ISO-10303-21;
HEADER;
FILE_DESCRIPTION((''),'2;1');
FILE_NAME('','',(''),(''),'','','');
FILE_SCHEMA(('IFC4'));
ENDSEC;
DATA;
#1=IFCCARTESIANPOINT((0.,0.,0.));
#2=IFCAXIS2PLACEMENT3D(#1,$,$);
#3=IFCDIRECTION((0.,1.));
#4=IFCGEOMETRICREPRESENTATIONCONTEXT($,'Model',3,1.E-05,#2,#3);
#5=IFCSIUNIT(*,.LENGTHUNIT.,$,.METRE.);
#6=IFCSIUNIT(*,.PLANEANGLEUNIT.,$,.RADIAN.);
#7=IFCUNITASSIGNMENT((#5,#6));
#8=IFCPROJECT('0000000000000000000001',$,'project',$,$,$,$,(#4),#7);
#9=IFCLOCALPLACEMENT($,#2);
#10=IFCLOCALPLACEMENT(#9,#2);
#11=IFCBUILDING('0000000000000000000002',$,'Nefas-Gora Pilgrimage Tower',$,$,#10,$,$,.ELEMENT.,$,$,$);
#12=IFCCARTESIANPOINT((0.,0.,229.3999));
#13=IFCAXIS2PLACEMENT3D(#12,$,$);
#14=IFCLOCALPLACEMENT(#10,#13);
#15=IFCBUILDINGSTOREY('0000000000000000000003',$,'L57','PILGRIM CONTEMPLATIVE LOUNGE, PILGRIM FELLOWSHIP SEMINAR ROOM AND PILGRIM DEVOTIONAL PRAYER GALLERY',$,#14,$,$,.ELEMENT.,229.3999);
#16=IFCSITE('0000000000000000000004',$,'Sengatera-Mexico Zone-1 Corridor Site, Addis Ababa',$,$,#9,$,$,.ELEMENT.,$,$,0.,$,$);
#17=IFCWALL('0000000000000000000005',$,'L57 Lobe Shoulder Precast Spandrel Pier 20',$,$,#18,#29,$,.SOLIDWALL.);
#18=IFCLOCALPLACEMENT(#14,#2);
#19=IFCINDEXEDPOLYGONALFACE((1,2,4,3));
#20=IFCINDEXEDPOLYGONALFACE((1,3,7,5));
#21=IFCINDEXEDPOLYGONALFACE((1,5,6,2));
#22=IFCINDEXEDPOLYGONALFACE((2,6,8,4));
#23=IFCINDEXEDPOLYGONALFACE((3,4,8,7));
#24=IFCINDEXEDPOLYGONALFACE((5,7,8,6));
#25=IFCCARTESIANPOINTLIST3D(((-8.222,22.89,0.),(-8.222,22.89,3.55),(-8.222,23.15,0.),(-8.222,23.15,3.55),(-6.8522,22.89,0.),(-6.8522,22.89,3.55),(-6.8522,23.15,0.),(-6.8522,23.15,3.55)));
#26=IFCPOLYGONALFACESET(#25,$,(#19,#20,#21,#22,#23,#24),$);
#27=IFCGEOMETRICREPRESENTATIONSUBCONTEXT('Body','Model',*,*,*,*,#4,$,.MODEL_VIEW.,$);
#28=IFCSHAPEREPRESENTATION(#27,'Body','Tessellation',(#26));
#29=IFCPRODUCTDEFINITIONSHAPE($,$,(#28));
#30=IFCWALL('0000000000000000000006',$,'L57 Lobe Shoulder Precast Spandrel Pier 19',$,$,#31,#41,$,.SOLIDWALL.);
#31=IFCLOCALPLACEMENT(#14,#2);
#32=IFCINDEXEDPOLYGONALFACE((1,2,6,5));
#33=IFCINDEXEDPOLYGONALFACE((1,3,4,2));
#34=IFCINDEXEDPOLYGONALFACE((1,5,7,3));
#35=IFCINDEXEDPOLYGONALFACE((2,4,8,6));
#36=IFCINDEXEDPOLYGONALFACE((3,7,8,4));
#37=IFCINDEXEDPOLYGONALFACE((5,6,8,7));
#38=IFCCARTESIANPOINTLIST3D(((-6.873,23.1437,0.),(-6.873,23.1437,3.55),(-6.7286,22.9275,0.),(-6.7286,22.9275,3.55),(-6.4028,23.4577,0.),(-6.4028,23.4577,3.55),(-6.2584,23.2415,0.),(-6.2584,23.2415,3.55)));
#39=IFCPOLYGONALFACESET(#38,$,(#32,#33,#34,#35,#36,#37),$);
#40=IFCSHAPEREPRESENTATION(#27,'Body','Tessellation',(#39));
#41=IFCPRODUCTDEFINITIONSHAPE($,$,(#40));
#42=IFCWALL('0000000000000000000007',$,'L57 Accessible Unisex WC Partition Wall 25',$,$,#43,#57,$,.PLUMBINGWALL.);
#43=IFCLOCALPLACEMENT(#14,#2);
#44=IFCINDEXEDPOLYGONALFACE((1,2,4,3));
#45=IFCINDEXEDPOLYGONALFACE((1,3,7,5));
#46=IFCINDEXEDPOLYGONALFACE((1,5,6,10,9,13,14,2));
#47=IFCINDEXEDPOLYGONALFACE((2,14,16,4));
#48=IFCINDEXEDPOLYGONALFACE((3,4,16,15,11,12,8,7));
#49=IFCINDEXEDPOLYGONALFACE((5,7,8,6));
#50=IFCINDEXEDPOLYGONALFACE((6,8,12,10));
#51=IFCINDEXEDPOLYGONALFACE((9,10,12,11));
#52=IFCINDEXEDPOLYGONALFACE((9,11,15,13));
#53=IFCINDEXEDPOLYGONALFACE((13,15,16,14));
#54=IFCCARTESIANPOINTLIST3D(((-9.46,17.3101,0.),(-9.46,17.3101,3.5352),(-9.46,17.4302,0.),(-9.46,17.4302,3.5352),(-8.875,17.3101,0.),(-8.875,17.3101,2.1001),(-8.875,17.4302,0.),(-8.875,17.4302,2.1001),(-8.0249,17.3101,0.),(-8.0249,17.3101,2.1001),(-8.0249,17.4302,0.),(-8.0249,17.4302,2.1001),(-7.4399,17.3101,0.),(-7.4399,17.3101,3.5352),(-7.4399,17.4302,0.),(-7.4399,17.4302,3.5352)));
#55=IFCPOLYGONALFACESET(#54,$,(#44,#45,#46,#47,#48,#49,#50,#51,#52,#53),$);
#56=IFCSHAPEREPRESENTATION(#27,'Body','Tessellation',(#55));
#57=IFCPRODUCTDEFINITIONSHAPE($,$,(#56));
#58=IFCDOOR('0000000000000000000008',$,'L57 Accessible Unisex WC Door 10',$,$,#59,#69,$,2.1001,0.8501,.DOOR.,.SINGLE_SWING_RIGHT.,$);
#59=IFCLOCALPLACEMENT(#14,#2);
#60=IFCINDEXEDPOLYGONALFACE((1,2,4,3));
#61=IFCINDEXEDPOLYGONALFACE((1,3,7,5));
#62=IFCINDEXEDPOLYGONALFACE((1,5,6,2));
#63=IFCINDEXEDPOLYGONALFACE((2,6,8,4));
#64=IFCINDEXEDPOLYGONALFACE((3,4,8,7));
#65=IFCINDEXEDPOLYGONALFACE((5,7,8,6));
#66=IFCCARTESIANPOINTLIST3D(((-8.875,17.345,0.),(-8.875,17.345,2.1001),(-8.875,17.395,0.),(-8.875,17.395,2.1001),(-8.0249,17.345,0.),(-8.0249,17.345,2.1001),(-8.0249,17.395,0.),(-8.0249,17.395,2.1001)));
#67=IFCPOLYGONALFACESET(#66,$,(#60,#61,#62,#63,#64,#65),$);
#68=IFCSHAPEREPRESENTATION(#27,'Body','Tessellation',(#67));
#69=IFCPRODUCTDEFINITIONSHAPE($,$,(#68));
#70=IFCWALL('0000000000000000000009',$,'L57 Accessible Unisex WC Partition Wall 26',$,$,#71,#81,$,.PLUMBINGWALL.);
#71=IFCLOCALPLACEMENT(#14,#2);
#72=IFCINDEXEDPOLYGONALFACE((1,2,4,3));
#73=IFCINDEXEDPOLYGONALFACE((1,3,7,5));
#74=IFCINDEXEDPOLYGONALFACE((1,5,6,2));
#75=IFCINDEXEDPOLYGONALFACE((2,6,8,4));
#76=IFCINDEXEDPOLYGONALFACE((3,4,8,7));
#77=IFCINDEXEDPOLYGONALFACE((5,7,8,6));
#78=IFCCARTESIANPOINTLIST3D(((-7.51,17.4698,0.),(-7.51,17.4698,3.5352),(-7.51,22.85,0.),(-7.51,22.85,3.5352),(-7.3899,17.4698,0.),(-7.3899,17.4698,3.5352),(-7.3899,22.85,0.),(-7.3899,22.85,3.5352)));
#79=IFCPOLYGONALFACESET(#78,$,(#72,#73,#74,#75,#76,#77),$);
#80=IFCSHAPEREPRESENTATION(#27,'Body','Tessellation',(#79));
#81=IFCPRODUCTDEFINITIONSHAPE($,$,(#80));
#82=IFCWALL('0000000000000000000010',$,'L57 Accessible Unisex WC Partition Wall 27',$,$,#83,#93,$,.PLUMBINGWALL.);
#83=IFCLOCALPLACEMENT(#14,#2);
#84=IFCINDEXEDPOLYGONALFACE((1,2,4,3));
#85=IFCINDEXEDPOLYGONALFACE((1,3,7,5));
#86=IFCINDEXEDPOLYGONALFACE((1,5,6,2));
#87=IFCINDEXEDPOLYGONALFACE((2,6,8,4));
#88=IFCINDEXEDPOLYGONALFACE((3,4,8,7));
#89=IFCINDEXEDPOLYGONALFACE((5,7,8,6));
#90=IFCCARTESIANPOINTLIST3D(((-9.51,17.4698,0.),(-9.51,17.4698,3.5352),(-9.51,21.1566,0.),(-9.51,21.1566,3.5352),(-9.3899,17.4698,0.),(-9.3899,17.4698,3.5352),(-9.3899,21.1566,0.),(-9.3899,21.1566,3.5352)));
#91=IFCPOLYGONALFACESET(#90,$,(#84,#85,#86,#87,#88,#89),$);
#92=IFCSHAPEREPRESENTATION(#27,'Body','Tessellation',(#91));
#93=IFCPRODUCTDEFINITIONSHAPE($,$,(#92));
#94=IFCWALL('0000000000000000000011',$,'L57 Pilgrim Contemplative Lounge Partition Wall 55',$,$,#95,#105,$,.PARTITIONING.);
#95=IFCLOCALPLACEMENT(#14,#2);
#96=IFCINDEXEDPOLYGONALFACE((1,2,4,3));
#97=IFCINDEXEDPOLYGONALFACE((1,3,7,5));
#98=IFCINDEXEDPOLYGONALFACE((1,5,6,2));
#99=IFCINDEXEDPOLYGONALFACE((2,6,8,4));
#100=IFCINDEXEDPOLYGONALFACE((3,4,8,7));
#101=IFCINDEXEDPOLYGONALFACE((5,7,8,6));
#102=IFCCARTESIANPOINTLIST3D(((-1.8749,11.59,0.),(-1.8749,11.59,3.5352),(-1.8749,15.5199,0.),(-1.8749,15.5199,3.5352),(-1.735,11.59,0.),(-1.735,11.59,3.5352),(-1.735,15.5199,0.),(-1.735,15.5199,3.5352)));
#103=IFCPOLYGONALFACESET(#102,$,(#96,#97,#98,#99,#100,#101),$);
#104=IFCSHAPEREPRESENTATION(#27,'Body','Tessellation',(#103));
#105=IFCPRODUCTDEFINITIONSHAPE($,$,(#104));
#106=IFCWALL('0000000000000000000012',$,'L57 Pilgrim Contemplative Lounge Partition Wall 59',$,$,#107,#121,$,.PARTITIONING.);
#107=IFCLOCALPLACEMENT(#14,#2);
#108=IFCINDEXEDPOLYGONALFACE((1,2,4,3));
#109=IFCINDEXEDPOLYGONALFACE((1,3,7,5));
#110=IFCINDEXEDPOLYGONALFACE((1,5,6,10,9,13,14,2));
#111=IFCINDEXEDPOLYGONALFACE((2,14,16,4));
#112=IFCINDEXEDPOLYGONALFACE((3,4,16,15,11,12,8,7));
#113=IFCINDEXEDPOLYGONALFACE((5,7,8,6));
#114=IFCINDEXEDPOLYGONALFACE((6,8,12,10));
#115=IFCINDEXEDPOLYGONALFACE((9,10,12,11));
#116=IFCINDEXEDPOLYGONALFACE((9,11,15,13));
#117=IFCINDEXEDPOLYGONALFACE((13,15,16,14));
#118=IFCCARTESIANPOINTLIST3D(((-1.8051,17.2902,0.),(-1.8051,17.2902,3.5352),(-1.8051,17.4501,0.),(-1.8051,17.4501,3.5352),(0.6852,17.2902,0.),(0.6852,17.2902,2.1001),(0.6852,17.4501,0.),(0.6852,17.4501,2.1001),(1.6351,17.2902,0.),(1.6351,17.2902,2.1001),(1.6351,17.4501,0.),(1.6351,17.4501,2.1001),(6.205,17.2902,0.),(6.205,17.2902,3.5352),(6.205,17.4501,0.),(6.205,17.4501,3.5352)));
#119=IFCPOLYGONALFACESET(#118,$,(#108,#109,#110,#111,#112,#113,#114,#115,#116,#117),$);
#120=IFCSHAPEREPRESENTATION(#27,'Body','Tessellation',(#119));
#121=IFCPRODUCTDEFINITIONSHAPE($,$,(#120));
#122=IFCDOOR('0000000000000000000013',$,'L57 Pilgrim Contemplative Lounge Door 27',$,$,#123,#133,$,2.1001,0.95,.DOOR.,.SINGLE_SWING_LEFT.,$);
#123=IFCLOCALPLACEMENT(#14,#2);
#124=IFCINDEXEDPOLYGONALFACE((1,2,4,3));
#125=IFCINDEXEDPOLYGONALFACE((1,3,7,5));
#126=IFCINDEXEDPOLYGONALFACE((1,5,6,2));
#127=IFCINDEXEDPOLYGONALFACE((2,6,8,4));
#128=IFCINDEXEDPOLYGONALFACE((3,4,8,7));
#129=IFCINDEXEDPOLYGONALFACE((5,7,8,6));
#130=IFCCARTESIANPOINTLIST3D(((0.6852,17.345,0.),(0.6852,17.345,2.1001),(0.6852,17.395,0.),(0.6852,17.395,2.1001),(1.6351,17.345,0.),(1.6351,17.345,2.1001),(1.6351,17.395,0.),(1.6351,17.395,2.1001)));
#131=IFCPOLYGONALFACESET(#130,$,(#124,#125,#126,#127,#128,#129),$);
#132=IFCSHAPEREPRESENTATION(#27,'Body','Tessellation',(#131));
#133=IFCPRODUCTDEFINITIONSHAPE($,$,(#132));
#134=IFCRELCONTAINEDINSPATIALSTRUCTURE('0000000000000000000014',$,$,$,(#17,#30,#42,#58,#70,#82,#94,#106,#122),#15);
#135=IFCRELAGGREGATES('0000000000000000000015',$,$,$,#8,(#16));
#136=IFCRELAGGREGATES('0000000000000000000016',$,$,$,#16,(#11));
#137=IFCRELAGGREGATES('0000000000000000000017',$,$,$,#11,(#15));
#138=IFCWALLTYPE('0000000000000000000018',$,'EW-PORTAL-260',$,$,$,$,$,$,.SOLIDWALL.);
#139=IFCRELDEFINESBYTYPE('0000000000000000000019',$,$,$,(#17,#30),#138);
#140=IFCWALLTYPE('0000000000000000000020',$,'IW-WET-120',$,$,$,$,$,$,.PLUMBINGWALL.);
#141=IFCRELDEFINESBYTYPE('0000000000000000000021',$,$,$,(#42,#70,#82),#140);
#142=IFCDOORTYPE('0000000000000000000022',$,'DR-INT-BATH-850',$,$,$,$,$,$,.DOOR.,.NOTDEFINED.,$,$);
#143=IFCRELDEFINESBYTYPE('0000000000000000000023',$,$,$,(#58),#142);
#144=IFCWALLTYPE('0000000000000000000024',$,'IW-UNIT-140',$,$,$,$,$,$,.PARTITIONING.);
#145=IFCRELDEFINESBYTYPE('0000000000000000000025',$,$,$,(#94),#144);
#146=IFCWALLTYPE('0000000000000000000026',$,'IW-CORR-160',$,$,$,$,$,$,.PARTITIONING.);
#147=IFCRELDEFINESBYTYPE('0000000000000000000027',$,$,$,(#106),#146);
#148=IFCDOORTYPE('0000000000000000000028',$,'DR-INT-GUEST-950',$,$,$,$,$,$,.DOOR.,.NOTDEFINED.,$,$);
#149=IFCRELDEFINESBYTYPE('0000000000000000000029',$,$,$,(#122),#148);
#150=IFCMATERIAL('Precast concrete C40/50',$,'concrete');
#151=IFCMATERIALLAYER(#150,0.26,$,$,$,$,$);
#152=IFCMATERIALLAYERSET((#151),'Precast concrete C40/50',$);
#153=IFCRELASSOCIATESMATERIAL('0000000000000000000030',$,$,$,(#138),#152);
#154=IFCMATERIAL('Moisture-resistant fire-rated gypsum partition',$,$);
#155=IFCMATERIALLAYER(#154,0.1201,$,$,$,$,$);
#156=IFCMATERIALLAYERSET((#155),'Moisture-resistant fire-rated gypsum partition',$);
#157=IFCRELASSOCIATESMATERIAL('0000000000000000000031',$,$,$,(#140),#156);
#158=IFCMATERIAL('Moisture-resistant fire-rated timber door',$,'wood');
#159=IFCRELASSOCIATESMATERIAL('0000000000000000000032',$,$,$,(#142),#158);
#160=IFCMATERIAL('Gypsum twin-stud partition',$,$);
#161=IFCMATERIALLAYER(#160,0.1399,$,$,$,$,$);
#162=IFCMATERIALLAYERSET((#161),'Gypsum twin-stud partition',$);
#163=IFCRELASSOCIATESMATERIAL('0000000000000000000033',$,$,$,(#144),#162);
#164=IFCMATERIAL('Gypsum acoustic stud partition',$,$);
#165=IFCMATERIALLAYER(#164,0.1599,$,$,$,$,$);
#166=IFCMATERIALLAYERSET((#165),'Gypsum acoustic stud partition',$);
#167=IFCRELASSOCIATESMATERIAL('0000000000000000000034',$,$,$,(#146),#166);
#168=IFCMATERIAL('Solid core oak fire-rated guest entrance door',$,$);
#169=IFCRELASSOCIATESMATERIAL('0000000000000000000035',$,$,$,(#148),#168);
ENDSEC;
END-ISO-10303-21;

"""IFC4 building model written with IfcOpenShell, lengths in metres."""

from ifc_helpers import new_model, si_unit, direction, frame, frame_2d, origin, place, context, subcontext, project, spatial, rectangle, extrude, source, transform, mapped, material, layer, layer_set, type_object, element, fill, save


model = new_model("IFC4")

# Units and contexts
model_context = context("Model", 3, precision=1e-05, world=origin(), true_north=direction((0.0, 1.0)))
body_context = subcontext(model_context, "Body", "Model", "MODEL_VIEW")
ifc_project = project(units=[si_unit("LENGTHUNIT", "METRE"), si_unit("PLANEANGLEUNIT", "RADIAN")], contexts=[model_context])

# Site, building, storey
site_placement = place(None, origin())
site = spatial("IfcSite", under=ifc_project, at=site_placement, Name="Sengatera-Mexico Zone-1 Corridor Site, Addis Ababa", CompositionType="ELEMENT", RefElevation=0.0)
building_placement = place(site_placement, origin())
building = spatial("IfcBuilding", under=site, at=building_placement, Name="Nefas-Gora Pilgrimage Tower", CompositionType="ELEMENT")
storey_placement = place(building_placement, frame((0.0, 0.0, 229.3999)))
storey = spatial("IfcBuildingStorey", under=building, at=storey_placement, Name="L57", Description="PILGRIM CONTEMPLATIVE LOUNGE, PILGRIM FELLOWSHIP SEMINAR ROOM AND PILGRIM DEVOTIONAL PRAYER GALLERY", CompositionType="ELEMENT", Elevation=229.3999)

# Walls
ifc_material_1 = material(Name="Precast concrete C40/50", Category="concrete")
ifc_layer_1 = layer(ifc_material_1, 0.26)
ifc_layer_set_1 = layer_set([ifc_layer_1], Name="Precast concrete C40/50")
wall_type_1 = type_object("IfcWallType", Name="EW-PORTAL-260", PredefinedType="SOLIDWALL", material=ifc_layer_set_1)
shared_shape_1 = source(origin(), body_context, "Body", "SweptSolid", [
    extrude(rectangle(XDim=1.3699, YDim=0.26, at=frame_2d((0.6851, 0.0))), origin(), (0.0, 0.0, 1.0), 3.55),
])
wall_1_placement = place(storey_placement, frame((-6.8521, 23.02, 0.0), z_axis=(0.0, 0.0, 1.0), x_axis=(-1.0, 0.0, 0.0)))
element("IfcWall", 1, at=wall_1_placement, inside=storey, type_object=wall_type_1, Name="L57 Lobe Shoulder Precast Spandrel Pier 20", PredefinedType="SOLIDWALL", context=body_context, shape_type="MappedRepresentation", body=[
    mapped(shared_shape_1, transform((0.0, 0.0, 0.0), x_axis=(1.0, 0.0, 0.0), y_axis=(0.0, 1.0, 0.0), z_axis=(0.0, 0.0, 1.0), scale=1.0)),
])
shared_shape_2 = source(origin(), body_context, "Body", "SweptSolid", [
    extrude(rectangle(XDim=0.5654, YDim=0.26, at=frame_2d((0.2827, 0.0))), origin(), (0.0, 0.0, 1.0), 3.55),
])
wall_2_placement = place(storey_placement, frame((-6.3306, 23.3496, 0.0), z_axis=(0.0, 0.0, 1.0), x_axis=(-0.831651, -0.555298, 0.0)))
element("IfcWall", 2, at=wall_2_placement, inside=storey, type_object=wall_type_1, Name="L57 Lobe Shoulder Precast Spandrel Pier 19", PredefinedType="SOLIDWALL", context=body_context, shape_type="MappedRepresentation", body=[
    mapped(shared_shape_2, transform((0.0, 0.0, 0.0), x_axis=(1.0, 0.0, 0.0), y_axis=(0.0, 1.0, 0.0), z_axis=(0.0, 0.0, 1.0), scale=1.0)),
])

# Wall, opening, door
ifc_material_2 = material(Name="Moisture-resistant fire-rated gypsum partition")
ifc_layer_2 = layer(ifc_material_2, 0.1201)
ifc_layer_set_2 = layer_set([ifc_layer_2], Name="Moisture-resistant fire-rated gypsum partition")
wall_type_2 = type_object("IfcWallType", Name="IW-WET-120", PredefinedType="PLUMBINGWALL", material=ifc_layer_set_2)
shared_shape_3 = source(origin(), body_context, "Body", "SweptSolid", [
    extrude(rectangle(XDim=2.02, YDim=0.1201, at=frame_2d((1.01, 0.0))), origin(), (0.0, 0.0, 1.0), 3.5352),
])
wall_3_placement = place(storey_placement, frame((-9.46, 17.3701, 0.0), z_axis=(0.0, 0.0, 1.0), x_axis=(1.0, 0.0, 0.0)))
wall_3 = element("IfcWall", 3, at=wall_3_placement, inside=storey, type_object=wall_type_2, Name="L57 Accessible Unisex WC Partition Wall 25", PredefinedType="PLUMBINGWALL", context=body_context, shape_type="MappedRepresentation", body=[
    mapped(shared_shape_3, transform((0.0, 0.0, 0.0), x_axis=(1.0, 0.0, 0.0), y_axis=(0.0, 1.0, 0.0), z_axis=(0.0, 0.0, 1.0), scale=1.0)),
])
opening_1_placement = place(wall_3_placement, frame((0.585, 0.0, 0.0)))
opening_1 = element("IfcOpeningElement", 4, at=opening_1_placement, cuts=wall_3, PredefinedType="OPENING", context=body_context, shape_type="SweptSolid", body=[
    extrude(rectangle(XDim=0.8501, YDim=2.1001, at=frame_2d((0.425, 1.05))), frame((0.0, 0.0701, 0.0), z_axis=(0.0, -1.0, 0.0), x_axis=(1.0, 0.0, 0.0)), (0.0, 0.0, 1.0), 0.1401),
])
ifc_material_3 = material(Name="Moisture-resistant fire-rated timber door", Category="wood")
door_type_1 = type_object("IfcDoorType", Name="DR-INT-BATH-850", OperationType="NOTDEFINED", PredefinedType="DOOR", material=ifc_material_3)
shared_shape_4 = source(origin(), body_context, "Body", "SweptSolid", [
    extrude(rectangle(XDim=0.8501, YDim=2.1001, at=frame_2d((0.425, 1.05))), frame((0.0, 0.0249, 0.0), z_axis=(0.0, -1.0, 0.0), x_axis=(1.0, 0.0, 0.0)), (0.0, 0.0, 1.0), 0.05),
])
door_1_placement = place(opening_1_placement, origin())
door_1 = element("IfcDoor", 5, at=door_1_placement, inside=storey, type_object=door_type_1, Name="L57 Accessible Unisex WC Door 10", OperationType="SINGLE_SWING_RIGHT", OverallHeight=2.1001, OverallWidth=0.8501, PredefinedType="DOOR", context=body_context, shape_type="MappedRepresentation", body=[
    mapped(shared_shape_4, transform((0.0, 0.0, 0.0), x_axis=(1.0, 0.0, 0.0), y_axis=(0.0, 1.0, 0.0), z_axis=(0.0, 0.0, 1.0), scale=1.0)),
])
fill(opening_1, door_1)

# Walls
shared_shape_5 = source(origin(), body_context, "Body", "SweptSolid", [
    extrude(rectangle(XDim=5.3801, YDim=0.1201, at=frame_2d((2.6899, 0.0))), origin(), (0.0, 0.0, 1.0), 3.5352),
])
wall_4_placement = place(storey_placement, frame((-7.45, 17.47, 0.0), z_axis=(0.0, 0.0, 1.0), x_axis=(0.0, 1.0, 0.0)))
element("IfcWall", 6, at=wall_4_placement, inside=storey, type_object=wall_type_2, Name="L57 Accessible Unisex WC Partition Wall 26", PredefinedType="PLUMBINGWALL", context=body_context, shape_type="MappedRepresentation", body=[
    mapped(shared_shape_5, transform((0.0, 0.0, 0.0), x_axis=(1.0, 0.0, 0.0), y_axis=(0.0, 1.0, 0.0), z_axis=(0.0, 0.0, 1.0), scale=1.0)),
])
shared_shape_6 = source(origin(), body_context, "Body", "SweptSolid", [
    extrude(rectangle(XDim=3.6868, YDim=0.1201, at=frame_2d((1.8433, 0.0))), origin(), (0.0, 0.0, 1.0), 3.5352),
])
wall_5_placement = place(storey_placement, frame((-9.45, 17.47, 0.0), z_axis=(0.0, 0.0, 1.0), x_axis=(0.0, 1.0, 0.0)))
element("IfcWall", 7, at=wall_5_placement, inside=storey, type_object=wall_type_2, Name="L57 Accessible Unisex WC Partition Wall 27", PredefinedType="PLUMBINGWALL", context=body_context, shape_type="MappedRepresentation", body=[
    mapped(shared_shape_6, transform((0.0, 0.0, 0.0), x_axis=(1.0, 0.0, 0.0), y_axis=(0.0, 1.0, 0.0), z_axis=(0.0, 0.0, 1.0), scale=1.0)),
])
ifc_material_4 = material(Name="Gypsum twin-stud partition")
ifc_layer_3 = layer(ifc_material_4, 0.1399)
ifc_layer_set_3 = layer_set([ifc_layer_3], Name="Gypsum twin-stud partition")
wall_type_3 = type_object("IfcWallType", Name="IW-UNIT-140", PredefinedType="PARTITIONING", material=ifc_layer_set_3)
shared_shape_7 = source(origin(), body_context, "Body", "SweptSolid", [
    extrude(rectangle(XDim=3.9299, YDim=0.1399, at=frame_2d((1.9648, 0.0))), origin(), (0.0, 0.0, 1.0), 3.5352),
])
wall_6_placement = place(storey_placement, frame((-1.8049, 11.5901, 0.0), z_axis=(0.0, 0.0, 1.0), x_axis=(0.0, 1.0, 0.0)))
element("IfcWall", 8, at=wall_6_placement, inside=storey, type_object=wall_type_3, Name="L57 Pilgrim Contemplative Lounge Partition Wall 55", PredefinedType="PARTITIONING", context=body_context, shape_type="MappedRepresentation", body=[
    mapped(shared_shape_7, transform((0.0, 0.0, 0.0), x_axis=(1.0, 0.0, 0.0), y_axis=(0.0, 1.0, 0.0), z_axis=(0.0, 0.0, 1.0), scale=1.0)),
])

# Wall, opening, door
ifc_material_5 = material(Name="Gypsum acoustic stud partition")
ifc_layer_4 = layer(ifc_material_5, 0.1599)
ifc_layer_set_4 = layer_set([ifc_layer_4], Name="Gypsum acoustic stud partition")
wall_type_4 = type_object("IfcWallType", Name="IW-CORR-160", PredefinedType="PARTITIONING", material=ifc_layer_set_4)
shared_shape_8 = source(origin(), body_context, "Body", "SweptSolid", [
    extrude(rectangle(XDim=8.01, YDim=0.1599, at=frame_2d((4.0049, 0.0))), origin(), (0.0, 0.0, 1.0), 3.5352),
])
wall_7_placement = place(storey_placement, frame((-1.8049, 17.3701, 0.0), z_axis=(0.0, 0.0, 1.0), x_axis=(1.0, 0.0, 0.0)))
wall_7 = element("IfcWall", 9, at=wall_7_placement, inside=storey, type_object=wall_type_4, Name="L57 Pilgrim Contemplative Lounge Partition Wall 59", PredefinedType="PARTITIONING", context=body_context, shape_type="MappedRepresentation", body=[
    mapped(shared_shape_8, transform((0.0, 0.0, 0.0), x_axis=(1.0, 0.0, 0.0), y_axis=(0.0, 1.0, 0.0), z_axis=(0.0, 0.0, 1.0), scale=1.0)),
])
opening_2_placement = place(wall_7_placement, frame((2.49, 0.0, 0.0)))
opening_2 = element("IfcOpeningElement", 10, at=opening_2_placement, cuts=wall_7, PredefinedType="OPENING", context=body_context, shape_type="SweptSolid", body=[
    extrude(rectangle(XDim=0.95, YDim=2.1001, at=frame_2d((0.4751, 1.05))), frame((0.0, 0.0898, 0.0), z_axis=(0.0, -1.0, 0.0), x_axis=(1.0, 0.0, 0.0)), (0.0, 0.0, 1.0), 0.1799),
])
ifc_material_6 = material(Name="Solid core oak fire-rated guest entrance door")
door_type_2 = type_object("IfcDoorType", Name="DR-INT-GUEST-950", OperationType="NOTDEFINED", PredefinedType="DOOR", material=ifc_material_6)
shared_shape_9 = source(origin(), body_context, "Body", "SweptSolid", [
    extrude(rectangle(XDim=0.95, YDim=2.1001, at=frame_2d((0.4751, 1.05))), frame((0.0, 0.0249, 0.0), z_axis=(0.0, -1.0, 0.0), x_axis=(1.0, 0.0, 0.0)), (0.0, 0.0, 1.0), 0.05),
])
door_2_placement = place(opening_2_placement, origin())
door_2 = element("IfcDoor", 11, at=door_2_placement, inside=storey, type_object=door_type_2, Name="L57 Pilgrim Contemplative Lounge Door 27", OperationType="SINGLE_SWING_LEFT", OverallHeight=2.1001, OverallWidth=0.95, PredefinedType="DOOR", context=body_context, shape_type="MappedRepresentation", body=[
    mapped(shared_shape_9, transform((0.0, 0.0, 0.0), x_axis=(1.0, 0.0, 0.0), y_axis=(0.0, 1.0, 0.0), z_axis=(0.0, 0.0, 1.0), scale=1.0)),
])
fill(opening_2, door_2)

save(model, "model.ifc")
